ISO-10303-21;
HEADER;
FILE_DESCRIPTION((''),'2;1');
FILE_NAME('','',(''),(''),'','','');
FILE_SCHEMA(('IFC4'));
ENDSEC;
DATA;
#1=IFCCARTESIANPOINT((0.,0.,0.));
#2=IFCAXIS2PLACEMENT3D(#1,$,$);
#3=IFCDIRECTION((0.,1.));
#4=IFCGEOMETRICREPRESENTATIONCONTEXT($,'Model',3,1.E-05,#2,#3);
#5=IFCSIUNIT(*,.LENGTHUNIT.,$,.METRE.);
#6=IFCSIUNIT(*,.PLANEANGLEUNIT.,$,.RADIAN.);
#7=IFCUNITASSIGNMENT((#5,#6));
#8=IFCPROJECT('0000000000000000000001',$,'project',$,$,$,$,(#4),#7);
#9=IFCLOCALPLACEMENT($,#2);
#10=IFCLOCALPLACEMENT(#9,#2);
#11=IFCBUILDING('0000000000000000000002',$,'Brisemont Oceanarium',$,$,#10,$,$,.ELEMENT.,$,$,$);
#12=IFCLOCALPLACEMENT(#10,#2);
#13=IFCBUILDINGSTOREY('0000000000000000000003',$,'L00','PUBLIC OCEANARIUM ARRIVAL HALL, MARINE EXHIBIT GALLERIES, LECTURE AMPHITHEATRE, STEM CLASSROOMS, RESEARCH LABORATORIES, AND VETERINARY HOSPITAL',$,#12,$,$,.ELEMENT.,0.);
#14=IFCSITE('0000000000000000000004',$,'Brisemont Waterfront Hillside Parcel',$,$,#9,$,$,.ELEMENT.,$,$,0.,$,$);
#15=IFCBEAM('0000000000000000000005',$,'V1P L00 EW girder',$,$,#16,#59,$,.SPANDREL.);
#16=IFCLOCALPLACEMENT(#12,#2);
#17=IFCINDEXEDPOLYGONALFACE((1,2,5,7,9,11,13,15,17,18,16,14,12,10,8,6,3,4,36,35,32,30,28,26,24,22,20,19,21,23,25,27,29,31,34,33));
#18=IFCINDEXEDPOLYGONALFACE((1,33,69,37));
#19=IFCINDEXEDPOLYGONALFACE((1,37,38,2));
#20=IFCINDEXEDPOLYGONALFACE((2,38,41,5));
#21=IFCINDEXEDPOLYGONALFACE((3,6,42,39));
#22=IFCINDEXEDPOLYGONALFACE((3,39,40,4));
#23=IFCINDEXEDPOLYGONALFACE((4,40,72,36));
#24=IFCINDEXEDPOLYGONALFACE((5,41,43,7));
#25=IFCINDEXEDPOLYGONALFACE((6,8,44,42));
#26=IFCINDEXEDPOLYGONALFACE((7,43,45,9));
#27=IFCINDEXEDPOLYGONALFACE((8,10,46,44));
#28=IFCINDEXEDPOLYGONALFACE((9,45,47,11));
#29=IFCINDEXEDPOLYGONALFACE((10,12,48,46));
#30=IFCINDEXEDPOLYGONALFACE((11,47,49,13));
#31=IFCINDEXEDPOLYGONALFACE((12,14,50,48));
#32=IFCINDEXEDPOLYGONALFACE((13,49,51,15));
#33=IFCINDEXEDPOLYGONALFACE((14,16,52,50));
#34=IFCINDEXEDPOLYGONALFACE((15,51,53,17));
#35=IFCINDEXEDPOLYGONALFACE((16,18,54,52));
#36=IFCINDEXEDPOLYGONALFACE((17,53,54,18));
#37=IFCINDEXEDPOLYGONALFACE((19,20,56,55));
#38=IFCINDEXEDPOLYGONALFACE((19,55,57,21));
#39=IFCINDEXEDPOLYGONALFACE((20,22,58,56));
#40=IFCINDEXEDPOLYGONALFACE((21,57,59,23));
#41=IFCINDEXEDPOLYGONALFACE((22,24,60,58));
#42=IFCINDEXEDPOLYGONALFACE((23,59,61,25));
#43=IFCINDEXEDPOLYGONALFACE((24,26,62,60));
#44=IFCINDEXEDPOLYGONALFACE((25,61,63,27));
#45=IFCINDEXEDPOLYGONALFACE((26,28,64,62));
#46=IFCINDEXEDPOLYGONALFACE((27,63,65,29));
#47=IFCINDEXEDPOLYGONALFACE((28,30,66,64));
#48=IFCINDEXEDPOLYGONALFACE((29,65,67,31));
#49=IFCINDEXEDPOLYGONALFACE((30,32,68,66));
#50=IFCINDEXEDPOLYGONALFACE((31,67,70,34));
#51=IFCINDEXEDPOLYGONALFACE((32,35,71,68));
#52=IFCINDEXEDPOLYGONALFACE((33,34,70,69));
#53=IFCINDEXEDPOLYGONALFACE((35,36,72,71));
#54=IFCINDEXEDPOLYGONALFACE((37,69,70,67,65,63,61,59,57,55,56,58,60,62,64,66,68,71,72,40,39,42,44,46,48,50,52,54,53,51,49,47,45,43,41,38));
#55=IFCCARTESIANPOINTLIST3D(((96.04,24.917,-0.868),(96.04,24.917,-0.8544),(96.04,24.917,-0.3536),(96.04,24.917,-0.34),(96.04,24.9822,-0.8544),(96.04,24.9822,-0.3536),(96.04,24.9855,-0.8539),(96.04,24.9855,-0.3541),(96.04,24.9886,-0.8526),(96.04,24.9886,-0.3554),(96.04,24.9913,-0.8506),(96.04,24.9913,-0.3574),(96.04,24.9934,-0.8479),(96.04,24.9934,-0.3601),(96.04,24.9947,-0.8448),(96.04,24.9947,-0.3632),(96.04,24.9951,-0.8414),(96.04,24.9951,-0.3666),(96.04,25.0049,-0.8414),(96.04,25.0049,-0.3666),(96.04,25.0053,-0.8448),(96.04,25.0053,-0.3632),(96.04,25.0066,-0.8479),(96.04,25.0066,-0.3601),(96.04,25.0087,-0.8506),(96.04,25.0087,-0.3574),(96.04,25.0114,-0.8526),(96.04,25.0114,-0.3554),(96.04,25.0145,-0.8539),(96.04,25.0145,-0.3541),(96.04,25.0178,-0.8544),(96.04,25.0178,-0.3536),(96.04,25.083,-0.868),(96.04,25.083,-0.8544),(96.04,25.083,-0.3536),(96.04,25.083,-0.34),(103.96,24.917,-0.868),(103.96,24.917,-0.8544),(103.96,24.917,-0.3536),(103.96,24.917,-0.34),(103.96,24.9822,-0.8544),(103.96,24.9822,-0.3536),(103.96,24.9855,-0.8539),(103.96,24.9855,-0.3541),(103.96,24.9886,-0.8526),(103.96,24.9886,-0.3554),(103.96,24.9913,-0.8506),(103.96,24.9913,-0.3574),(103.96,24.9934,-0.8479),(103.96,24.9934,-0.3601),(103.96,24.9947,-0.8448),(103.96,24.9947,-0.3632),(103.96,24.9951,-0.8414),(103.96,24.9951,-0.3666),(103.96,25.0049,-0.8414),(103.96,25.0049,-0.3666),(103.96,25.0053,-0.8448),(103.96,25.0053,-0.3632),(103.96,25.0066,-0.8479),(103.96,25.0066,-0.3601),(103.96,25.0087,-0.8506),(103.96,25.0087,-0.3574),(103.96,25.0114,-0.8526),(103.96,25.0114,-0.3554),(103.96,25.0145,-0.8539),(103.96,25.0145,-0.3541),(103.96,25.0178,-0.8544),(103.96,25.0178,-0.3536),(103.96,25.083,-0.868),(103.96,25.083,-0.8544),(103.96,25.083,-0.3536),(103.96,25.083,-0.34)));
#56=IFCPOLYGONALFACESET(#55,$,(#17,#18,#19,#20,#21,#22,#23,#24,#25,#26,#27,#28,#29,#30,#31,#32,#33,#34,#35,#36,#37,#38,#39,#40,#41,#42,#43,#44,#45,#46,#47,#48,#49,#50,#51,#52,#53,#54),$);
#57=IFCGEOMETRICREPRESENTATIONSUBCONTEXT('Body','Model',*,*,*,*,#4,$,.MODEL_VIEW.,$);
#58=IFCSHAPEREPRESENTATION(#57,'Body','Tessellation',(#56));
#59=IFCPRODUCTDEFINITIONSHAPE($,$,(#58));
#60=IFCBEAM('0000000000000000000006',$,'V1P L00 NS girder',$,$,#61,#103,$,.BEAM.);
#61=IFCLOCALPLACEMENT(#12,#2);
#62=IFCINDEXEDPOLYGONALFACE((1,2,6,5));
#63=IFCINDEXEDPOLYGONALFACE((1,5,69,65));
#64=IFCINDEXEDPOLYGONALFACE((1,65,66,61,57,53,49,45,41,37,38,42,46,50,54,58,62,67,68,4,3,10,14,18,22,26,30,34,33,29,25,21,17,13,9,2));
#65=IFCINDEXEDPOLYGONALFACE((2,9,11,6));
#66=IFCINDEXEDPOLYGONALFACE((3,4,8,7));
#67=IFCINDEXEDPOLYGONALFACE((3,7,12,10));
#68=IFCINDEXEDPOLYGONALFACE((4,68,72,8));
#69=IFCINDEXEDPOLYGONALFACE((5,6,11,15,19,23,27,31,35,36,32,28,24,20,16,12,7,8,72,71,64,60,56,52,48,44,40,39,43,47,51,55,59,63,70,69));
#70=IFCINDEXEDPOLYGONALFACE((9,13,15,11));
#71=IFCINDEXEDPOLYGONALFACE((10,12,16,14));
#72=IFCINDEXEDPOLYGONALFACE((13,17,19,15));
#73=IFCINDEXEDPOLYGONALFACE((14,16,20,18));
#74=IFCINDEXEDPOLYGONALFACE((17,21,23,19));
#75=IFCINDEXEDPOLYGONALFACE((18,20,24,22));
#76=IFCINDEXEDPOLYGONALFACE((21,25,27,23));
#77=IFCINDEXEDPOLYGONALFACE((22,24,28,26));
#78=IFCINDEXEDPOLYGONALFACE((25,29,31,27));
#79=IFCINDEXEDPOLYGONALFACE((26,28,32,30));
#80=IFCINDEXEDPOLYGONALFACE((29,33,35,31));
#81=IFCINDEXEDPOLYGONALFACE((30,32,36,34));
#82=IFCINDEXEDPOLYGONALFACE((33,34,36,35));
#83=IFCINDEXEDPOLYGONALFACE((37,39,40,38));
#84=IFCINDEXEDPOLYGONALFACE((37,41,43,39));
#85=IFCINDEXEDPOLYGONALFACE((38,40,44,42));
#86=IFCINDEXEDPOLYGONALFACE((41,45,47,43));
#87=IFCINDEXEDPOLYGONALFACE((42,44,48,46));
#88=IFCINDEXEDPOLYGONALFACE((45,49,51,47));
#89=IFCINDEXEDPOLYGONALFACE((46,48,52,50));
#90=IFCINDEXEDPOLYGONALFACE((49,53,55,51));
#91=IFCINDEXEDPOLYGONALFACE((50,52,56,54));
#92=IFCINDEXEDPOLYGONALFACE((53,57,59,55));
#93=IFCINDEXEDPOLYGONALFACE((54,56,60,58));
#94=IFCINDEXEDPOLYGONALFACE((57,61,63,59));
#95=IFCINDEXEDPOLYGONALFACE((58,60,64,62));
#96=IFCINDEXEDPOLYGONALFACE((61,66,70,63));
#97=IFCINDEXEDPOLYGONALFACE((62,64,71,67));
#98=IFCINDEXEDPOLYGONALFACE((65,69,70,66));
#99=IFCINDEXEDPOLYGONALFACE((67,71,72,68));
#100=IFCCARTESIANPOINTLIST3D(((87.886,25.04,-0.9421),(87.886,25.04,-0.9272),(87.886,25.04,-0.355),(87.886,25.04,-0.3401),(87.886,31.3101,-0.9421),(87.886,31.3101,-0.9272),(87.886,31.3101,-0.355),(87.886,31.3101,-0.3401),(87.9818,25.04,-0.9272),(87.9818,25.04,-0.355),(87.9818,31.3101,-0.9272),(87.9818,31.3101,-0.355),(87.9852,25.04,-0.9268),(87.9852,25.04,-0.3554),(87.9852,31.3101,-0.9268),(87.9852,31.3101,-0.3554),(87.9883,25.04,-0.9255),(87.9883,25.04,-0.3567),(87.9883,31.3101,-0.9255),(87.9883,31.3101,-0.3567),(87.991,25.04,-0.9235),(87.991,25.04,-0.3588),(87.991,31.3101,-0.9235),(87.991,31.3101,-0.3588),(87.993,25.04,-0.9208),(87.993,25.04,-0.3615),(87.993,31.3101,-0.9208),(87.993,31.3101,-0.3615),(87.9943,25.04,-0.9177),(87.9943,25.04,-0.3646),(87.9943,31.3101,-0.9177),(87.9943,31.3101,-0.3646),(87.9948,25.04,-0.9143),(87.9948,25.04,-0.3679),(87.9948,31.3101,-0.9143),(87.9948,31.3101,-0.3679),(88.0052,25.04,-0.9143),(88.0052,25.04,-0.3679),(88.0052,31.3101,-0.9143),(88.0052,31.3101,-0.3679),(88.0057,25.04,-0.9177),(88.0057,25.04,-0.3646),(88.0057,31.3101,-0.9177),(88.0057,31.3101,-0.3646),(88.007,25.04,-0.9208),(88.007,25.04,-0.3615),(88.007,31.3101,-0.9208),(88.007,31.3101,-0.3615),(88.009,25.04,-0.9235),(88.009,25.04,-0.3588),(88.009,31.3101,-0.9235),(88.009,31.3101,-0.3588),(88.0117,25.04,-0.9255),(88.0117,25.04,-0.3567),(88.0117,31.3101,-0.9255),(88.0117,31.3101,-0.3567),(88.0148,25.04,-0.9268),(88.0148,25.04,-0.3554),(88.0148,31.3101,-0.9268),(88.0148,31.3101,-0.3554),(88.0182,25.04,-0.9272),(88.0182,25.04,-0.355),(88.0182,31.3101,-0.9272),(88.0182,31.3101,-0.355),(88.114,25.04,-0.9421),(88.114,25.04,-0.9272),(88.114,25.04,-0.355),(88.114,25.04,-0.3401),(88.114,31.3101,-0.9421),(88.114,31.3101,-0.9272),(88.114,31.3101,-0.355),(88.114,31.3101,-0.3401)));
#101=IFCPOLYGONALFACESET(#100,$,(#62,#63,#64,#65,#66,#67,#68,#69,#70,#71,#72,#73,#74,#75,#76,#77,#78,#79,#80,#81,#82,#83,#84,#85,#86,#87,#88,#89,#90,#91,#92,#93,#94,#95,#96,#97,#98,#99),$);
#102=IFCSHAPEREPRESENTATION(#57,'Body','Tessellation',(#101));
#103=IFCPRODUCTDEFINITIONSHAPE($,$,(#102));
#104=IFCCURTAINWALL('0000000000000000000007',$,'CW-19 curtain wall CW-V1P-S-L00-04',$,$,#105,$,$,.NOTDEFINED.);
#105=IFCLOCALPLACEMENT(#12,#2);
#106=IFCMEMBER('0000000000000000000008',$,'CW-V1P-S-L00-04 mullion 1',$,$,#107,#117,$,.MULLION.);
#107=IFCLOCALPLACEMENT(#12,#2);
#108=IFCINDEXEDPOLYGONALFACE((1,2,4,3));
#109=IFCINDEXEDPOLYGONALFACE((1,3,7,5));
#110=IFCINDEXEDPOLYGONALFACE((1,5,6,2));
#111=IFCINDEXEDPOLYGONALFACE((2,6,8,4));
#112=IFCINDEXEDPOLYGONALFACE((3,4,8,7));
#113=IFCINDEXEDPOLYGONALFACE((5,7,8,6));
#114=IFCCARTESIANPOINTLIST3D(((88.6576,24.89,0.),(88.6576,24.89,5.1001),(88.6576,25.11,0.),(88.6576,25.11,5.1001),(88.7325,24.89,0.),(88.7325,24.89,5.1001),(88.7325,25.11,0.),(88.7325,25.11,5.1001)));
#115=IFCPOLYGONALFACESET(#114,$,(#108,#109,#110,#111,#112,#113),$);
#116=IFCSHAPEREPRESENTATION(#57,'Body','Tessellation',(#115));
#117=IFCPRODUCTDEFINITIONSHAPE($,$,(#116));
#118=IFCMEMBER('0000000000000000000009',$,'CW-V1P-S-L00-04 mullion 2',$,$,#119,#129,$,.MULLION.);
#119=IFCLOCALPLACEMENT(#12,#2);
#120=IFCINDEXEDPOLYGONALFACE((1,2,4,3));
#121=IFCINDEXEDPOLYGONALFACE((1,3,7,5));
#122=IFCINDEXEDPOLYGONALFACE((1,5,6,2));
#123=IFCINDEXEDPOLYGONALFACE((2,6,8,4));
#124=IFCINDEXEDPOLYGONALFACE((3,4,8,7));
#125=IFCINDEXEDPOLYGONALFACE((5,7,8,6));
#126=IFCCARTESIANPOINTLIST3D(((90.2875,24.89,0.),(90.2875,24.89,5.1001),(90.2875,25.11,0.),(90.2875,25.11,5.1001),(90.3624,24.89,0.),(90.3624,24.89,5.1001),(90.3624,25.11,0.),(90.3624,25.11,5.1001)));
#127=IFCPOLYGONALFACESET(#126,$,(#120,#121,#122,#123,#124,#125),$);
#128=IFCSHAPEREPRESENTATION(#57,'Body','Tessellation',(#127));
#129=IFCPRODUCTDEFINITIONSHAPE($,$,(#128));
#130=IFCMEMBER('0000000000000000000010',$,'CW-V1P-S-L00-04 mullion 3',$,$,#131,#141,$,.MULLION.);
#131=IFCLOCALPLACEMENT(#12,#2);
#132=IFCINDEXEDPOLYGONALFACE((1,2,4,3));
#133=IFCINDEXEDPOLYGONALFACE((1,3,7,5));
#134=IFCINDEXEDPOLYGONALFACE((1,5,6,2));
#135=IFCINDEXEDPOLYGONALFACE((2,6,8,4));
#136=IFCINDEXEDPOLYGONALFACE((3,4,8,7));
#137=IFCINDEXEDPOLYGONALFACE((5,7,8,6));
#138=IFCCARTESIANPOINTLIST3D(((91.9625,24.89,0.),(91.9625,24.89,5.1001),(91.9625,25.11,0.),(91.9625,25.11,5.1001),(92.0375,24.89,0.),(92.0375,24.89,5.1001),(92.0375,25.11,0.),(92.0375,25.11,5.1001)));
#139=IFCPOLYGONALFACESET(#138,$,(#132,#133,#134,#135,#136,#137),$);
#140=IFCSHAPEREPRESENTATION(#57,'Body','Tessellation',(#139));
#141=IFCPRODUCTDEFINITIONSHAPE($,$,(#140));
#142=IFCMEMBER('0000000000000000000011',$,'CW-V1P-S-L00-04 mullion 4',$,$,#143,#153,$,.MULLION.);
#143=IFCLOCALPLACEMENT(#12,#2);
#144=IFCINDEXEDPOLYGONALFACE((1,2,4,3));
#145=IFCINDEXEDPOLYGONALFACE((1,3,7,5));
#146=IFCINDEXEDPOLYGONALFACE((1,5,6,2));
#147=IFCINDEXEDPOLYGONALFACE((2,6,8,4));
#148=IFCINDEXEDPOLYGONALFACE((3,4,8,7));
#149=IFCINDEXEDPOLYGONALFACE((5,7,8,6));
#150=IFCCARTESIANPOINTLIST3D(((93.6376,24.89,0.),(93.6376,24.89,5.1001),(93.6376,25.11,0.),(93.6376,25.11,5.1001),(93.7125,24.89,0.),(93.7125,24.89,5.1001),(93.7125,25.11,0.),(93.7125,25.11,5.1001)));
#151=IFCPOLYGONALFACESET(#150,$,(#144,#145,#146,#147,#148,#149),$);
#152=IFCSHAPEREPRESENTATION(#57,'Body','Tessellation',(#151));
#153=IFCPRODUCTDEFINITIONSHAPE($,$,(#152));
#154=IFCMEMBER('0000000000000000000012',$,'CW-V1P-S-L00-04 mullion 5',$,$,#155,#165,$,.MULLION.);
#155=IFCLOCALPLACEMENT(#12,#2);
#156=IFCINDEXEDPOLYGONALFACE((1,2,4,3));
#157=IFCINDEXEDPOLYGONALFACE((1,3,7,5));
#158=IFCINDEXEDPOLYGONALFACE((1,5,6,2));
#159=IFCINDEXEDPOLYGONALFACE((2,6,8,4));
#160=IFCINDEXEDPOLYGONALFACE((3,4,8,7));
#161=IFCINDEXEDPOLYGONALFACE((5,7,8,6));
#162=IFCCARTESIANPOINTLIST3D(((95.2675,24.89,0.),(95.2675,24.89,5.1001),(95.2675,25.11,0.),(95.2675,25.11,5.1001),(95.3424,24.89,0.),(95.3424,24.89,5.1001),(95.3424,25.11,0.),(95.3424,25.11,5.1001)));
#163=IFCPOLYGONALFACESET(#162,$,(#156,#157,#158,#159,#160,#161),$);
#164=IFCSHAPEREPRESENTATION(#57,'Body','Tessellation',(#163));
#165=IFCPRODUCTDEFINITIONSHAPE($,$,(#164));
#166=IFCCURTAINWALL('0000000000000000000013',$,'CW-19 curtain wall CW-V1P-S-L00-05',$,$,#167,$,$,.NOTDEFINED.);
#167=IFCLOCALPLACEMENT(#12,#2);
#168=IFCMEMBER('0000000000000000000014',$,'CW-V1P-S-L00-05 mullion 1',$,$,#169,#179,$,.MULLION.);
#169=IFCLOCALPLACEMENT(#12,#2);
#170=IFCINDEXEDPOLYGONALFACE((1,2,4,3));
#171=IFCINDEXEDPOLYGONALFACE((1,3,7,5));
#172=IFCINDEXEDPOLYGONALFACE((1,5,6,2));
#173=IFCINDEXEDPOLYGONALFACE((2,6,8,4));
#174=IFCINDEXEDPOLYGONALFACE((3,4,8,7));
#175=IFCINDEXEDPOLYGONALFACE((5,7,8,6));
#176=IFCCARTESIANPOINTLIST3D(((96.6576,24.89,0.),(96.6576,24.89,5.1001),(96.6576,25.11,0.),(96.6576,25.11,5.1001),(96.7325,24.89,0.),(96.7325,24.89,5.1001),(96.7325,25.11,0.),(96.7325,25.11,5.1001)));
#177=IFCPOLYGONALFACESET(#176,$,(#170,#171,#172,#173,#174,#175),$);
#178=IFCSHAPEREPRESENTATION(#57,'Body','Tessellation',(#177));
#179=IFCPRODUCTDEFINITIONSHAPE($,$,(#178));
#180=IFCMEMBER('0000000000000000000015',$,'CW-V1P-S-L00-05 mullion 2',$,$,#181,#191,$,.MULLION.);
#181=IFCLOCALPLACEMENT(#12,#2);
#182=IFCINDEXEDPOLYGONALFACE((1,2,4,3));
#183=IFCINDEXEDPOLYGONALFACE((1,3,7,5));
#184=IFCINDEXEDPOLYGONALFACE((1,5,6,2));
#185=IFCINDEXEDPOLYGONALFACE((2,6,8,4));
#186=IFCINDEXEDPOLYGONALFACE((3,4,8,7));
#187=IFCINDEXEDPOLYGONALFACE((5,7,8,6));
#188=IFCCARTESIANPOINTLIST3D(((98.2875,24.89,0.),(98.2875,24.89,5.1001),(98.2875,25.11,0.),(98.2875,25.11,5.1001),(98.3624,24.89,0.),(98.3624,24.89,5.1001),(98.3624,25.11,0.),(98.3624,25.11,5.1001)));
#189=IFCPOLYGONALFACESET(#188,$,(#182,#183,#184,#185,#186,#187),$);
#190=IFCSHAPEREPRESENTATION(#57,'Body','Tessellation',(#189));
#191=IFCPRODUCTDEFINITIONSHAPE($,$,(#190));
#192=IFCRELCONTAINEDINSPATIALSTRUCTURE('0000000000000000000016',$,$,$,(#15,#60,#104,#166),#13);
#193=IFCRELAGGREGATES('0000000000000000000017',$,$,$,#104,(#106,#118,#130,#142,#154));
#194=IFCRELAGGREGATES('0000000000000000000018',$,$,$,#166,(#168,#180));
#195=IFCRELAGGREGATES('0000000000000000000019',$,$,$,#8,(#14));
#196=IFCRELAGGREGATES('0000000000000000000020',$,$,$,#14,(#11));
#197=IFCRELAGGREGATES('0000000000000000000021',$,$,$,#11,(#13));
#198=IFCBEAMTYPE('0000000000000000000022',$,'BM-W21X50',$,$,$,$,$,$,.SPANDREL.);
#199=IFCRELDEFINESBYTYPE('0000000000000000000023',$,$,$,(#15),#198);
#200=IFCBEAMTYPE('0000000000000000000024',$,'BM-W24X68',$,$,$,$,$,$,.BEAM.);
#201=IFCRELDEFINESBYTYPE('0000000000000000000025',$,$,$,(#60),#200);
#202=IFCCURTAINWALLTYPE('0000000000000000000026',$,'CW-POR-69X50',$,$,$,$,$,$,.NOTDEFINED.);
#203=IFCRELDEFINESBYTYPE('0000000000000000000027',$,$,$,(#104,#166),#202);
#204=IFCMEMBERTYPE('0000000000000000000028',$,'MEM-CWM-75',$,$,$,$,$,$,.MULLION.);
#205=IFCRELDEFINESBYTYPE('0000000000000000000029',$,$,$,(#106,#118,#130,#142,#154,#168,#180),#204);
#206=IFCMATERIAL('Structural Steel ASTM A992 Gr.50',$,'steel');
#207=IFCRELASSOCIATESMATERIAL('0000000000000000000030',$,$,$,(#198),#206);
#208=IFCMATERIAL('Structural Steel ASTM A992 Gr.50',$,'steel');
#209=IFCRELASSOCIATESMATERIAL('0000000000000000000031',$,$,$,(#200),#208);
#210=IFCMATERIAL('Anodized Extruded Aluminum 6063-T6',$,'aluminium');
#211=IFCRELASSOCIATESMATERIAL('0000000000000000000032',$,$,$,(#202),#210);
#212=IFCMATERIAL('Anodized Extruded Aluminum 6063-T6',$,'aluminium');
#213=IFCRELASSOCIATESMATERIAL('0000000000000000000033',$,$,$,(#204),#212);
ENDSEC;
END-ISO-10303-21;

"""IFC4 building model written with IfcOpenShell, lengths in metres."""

from ifc_helpers import new_model, si_unit, direction, frame, origin, origin_2d, place, context, subcontext, project, spatial, rectangle, i_section, extrude, material, material_profile, profile_set, type_object, element, aggregate, save


model = new_model("IFC4")

# Units and contexts
model_context = context("Model", 3, precision=1e-05, world=origin(), true_north=direction((0.0, 1.0)))
body_context = subcontext(model_context, "Body", "Model", "MODEL_VIEW")
ifc_project = project(units=[si_unit("LENGTHUNIT", "METRE"), si_unit("PLANEANGLEUNIT", "RADIAN")], contexts=[model_context])

# Site, building, storey
site_placement = place(None, origin())
site = spatial("IfcSite", under=ifc_project, at=site_placement, Name="Brisemont Waterfront Hillside Parcel", CompositionType="ELEMENT", RefElevation=0.0)
building_placement = place(site_placement, origin())
building = spatial("IfcBuilding", under=site, at=building_placement, Name="Brisemont Oceanarium", CompositionType="ELEMENT")
storey_placement = place(building_placement, origin())
storey = spatial("IfcBuildingStorey", under=building, at=storey_placement, Name="L00", Description="PUBLIC OCEANARIUM ARRIVAL HALL, MARINE EXHIBIT GALLERIES, LECTURE AMPHITHEATRE, STEM CLASSROOMS, RESEARCH LABORATORIES, AND VETERINARY HOSPITAL", CompositionType="ELEMENT", Elevation=0.0)

# Beams
ifc_material_1 = material(Name="Structural Steel ASTM A992 Gr.50", Category="steel")
ifc_material_profile_1 = material_profile(ifc_material_1, i_section(OverallWidth=0.166, OverallDepth=0.5281, WebThickness=0.0098, FlangeThickness=0.0137, FilletRadius=0.0129, at=origin_2d()), Name="W21X50")
ifc_profile_set_1 = profile_set([ifc_material_profile_1], Name="Structural Steel ASTM A992 Gr.50")
beam_type_1 = type_object("IfcBeamType", Name="BM-W21X50", PredefinedType="SPANDREL", material=ifc_profile_set_1)
beam_1_placement = place(storey_placement, frame((96.04, 25.0, -0.604), z_axis=(1.0, 0.0, 0.0), x_axis=(0.0, 1.0, 0.0)))
element("IfcBeam", 1, at=beam_1_placement, inside=storey, type_object=beam_type_1, Name="V1P L00 EW girder", PredefinedType="SPANDREL", context=body_context, shape_type="SweptSolid", body=[
    extrude(i_section(OverallWidth=0.166, OverallDepth=0.5281, WebThickness=0.0098, FlangeThickness=0.0137, FilletRadius=0.0129, at=origin_2d()), origin(), (0.0, 0.0, 1.0), 7.9199),
])
ifc_material_2 = material(Name="Structural Steel ASTM A992 Gr.50", Category="steel")
ifc_material_profile_2 = material_profile(ifc_material_2, i_section(OverallWidth=0.228, OverallDepth=0.6021, WebThickness=0.0105, FlangeThickness=0.0149, FilletRadius=0.0129, at=origin_2d()), Name="W24X68")
ifc_profile_set_2 = profile_set([ifc_material_profile_2], Name="Structural Steel ASTM A992 Gr.50")
beam_type_2 = type_object("IfcBeamType", Name="BM-W24X68", PredefinedType="BEAM", material=ifc_profile_set_2)
beam_2_placement = place(storey_placement, frame((88.0, 25.04, -0.6411), z_axis=(0.0, 1.0, 0.0), x_axis=(-1.0, 0.0, 0.0)))
element("IfcBeam", 2, at=beam_2_placement, inside=storey, type_object=beam_type_2, Name="V1P L00 NS girder", PredefinedType="BEAM", context=body_context, shape_type="SweptSolid", body=[
    extrude(i_section(OverallWidth=0.228, OverallDepth=0.6021, WebThickness=0.0105, FlangeThickness=0.0149, FilletRadius=0.0129, at=origin_2d()), origin(), (0.0, 0.0, 1.0), 6.27),
])

# Curtain walls, members
ifc_material_3 = material(Name="Anodized Extruded Aluminum 6063-T6", Category="aluminium")
curtain_wall_type = type_object("IfcCurtainWallType", Name="CW-POR-69X50", PredefinedType="NOTDEFINED", material=ifc_material_3)
curtain_wall_1_placement = place(storey_placement, origin())
curtain_wall_1 = element("IfcCurtainWall", 3, at=curtain_wall_1_placement, inside=storey, type_object=curtain_wall_type, Name="CW-19 curtain wall CW-V1P-S-L00-04", PredefinedType="NOTDEFINED")
ifc_material_4 = material(Name="Anodized Extruded Aluminum 6063-T6", Category="aluminium")
ifc_material_profile_3 = material_profile(ifc_material_4, rectangle(XDim=0.075, YDim=0.22, at=origin_2d()), Name="CWM-75X220")
ifc_profile_set_3 = profile_set([ifc_material_profile_3], Name="Anodized Extruded Aluminum 6063-T6")
member_type_1 = type_object("IfcMemberType", Name="MEM-CWM-75", PredefinedType="MULLION", material=ifc_profile_set_3)
member_1_placement = place(storey_placement, frame((88.6951, 25.0, 0.0), z_axis=(0.0, 0.0, 1.0), x_axis=(1.0, 0.0, 0.0)))
member_1 = element("IfcMember", 4, at=member_1_placement, type_object=member_type_1, Name="CW-V1P-S-L00-04 mullion 1", PredefinedType="MULLION", context=body_context, shape_type="SweptSolid", body=[
    extrude(rectangle(XDim=0.075, YDim=0.22, at=origin_2d()), origin(), (0.0, 0.0, 1.0), 5.1001),
])
member_2_placement = place(storey_placement, frame((90.325, 25.0, 0.0), z_axis=(0.0, 0.0, 1.0), x_axis=(1.0, 0.0, 0.0)))
member_2 = element("IfcMember", 5, at=member_2_placement, type_object=member_type_1, Name="CW-V1P-S-L00-04 mullion 2", PredefinedType="MULLION", context=body_context, shape_type="SweptSolid", body=[
    extrude(rectangle(XDim=0.075, YDim=0.22, at=origin_2d()), origin(), (0.0, 0.0, 1.0), 5.1001),
])
member_3_placement = place(storey_placement, frame((92.0, 25.0, 0.0), z_axis=(0.0, 0.0, 1.0), x_axis=(1.0, 0.0, 0.0)))
member_3 = element("IfcMember", 6, at=member_3_placement, type_object=member_type_1, Name="CW-V1P-S-L00-04 mullion 3", PredefinedType="MULLION", context=body_context, shape_type="SweptSolid", body=[
    extrude(rectangle(XDim=0.075, YDim=0.22, at=origin_2d()), origin(), (0.0, 0.0, 1.0), 5.1001),
])
member_4_placement = place(storey_placement, frame((93.675, 25.0, 0.0), z_axis=(0.0, 0.0, 1.0), x_axis=(1.0, 0.0, 0.0)))
member_4 = element("IfcMember", 7, at=member_4_placement, type_object=member_type_1, Name="CW-V1P-S-L00-04 mullion 4", PredefinedType="MULLION", context=body_context, shape_type="SweptSolid", body=[
    extrude(rectangle(XDim=0.075, YDim=0.22, at=origin_2d()), origin(), (0.0, 0.0, 1.0), 5.1001),
])
member_5_placement = place(storey_placement, frame((95.3049, 25.0, 0.0), z_axis=(0.0, 0.0, 1.0), x_axis=(1.0, 0.0, 0.0)))
member_5 = element("IfcMember", 8, at=member_5_placement, type_object=member_type_1, Name="CW-V1P-S-L00-04 mullion 5", PredefinedType="MULLION", context=body_context, shape_type="SweptSolid", body=[
    extrude(rectangle(XDim=0.075, YDim=0.22, at=origin_2d()), origin(), (0.0, 0.0, 1.0), 5.1001),
])
curtain_wall_2_placement = place(storey_placement, origin())
curtain_wall_2 = element("IfcCurtainWall", 9, at=curtain_wall_2_placement, inside=storey, type_object=curtain_wall_type, Name="CW-19 curtain wall CW-V1P-S-L00-05", PredefinedType="NOTDEFINED")
member_6_placement = place(storey_placement, frame((96.6951, 25.0, 0.0), z_axis=(0.0, 0.0, 1.0), x_axis=(1.0, 0.0, 0.0)))
member_6 = element("IfcMember", 10, at=member_6_placement, type_object=member_type_1, Name="CW-V1P-S-L00-05 mullion 1", PredefinedType="MULLION", context=body_context, shape_type="SweptSolid", body=[
    extrude(rectangle(XDim=0.075, YDim=0.22, at=origin_2d()), origin(), (0.0, 0.0, 1.0), 5.1001),
])
member_7_placement = place(storey_placement, frame((98.325, 25.0, 0.0), z_axis=(0.0, 0.0, 1.0), x_axis=(1.0, 0.0, 0.0)))
member_7 = element("IfcMember", 11, at=member_7_placement, type_object=member_type_1, Name="CW-V1P-S-L00-05 mullion 2", PredefinedType="MULLION", context=body_context, shape_type="SweptSolid", body=[
    extrude(rectangle(XDim=0.075, YDim=0.22, at=origin_2d()), origin(), (0.0, 0.0, 1.0), 5.1001),
])

aggregate(curtain_wall_1, [member_1, member_2, member_3, member_4, member_5])
aggregate(curtain_wall_2, [member_6, member_7])

save(model, "model.ifc")
